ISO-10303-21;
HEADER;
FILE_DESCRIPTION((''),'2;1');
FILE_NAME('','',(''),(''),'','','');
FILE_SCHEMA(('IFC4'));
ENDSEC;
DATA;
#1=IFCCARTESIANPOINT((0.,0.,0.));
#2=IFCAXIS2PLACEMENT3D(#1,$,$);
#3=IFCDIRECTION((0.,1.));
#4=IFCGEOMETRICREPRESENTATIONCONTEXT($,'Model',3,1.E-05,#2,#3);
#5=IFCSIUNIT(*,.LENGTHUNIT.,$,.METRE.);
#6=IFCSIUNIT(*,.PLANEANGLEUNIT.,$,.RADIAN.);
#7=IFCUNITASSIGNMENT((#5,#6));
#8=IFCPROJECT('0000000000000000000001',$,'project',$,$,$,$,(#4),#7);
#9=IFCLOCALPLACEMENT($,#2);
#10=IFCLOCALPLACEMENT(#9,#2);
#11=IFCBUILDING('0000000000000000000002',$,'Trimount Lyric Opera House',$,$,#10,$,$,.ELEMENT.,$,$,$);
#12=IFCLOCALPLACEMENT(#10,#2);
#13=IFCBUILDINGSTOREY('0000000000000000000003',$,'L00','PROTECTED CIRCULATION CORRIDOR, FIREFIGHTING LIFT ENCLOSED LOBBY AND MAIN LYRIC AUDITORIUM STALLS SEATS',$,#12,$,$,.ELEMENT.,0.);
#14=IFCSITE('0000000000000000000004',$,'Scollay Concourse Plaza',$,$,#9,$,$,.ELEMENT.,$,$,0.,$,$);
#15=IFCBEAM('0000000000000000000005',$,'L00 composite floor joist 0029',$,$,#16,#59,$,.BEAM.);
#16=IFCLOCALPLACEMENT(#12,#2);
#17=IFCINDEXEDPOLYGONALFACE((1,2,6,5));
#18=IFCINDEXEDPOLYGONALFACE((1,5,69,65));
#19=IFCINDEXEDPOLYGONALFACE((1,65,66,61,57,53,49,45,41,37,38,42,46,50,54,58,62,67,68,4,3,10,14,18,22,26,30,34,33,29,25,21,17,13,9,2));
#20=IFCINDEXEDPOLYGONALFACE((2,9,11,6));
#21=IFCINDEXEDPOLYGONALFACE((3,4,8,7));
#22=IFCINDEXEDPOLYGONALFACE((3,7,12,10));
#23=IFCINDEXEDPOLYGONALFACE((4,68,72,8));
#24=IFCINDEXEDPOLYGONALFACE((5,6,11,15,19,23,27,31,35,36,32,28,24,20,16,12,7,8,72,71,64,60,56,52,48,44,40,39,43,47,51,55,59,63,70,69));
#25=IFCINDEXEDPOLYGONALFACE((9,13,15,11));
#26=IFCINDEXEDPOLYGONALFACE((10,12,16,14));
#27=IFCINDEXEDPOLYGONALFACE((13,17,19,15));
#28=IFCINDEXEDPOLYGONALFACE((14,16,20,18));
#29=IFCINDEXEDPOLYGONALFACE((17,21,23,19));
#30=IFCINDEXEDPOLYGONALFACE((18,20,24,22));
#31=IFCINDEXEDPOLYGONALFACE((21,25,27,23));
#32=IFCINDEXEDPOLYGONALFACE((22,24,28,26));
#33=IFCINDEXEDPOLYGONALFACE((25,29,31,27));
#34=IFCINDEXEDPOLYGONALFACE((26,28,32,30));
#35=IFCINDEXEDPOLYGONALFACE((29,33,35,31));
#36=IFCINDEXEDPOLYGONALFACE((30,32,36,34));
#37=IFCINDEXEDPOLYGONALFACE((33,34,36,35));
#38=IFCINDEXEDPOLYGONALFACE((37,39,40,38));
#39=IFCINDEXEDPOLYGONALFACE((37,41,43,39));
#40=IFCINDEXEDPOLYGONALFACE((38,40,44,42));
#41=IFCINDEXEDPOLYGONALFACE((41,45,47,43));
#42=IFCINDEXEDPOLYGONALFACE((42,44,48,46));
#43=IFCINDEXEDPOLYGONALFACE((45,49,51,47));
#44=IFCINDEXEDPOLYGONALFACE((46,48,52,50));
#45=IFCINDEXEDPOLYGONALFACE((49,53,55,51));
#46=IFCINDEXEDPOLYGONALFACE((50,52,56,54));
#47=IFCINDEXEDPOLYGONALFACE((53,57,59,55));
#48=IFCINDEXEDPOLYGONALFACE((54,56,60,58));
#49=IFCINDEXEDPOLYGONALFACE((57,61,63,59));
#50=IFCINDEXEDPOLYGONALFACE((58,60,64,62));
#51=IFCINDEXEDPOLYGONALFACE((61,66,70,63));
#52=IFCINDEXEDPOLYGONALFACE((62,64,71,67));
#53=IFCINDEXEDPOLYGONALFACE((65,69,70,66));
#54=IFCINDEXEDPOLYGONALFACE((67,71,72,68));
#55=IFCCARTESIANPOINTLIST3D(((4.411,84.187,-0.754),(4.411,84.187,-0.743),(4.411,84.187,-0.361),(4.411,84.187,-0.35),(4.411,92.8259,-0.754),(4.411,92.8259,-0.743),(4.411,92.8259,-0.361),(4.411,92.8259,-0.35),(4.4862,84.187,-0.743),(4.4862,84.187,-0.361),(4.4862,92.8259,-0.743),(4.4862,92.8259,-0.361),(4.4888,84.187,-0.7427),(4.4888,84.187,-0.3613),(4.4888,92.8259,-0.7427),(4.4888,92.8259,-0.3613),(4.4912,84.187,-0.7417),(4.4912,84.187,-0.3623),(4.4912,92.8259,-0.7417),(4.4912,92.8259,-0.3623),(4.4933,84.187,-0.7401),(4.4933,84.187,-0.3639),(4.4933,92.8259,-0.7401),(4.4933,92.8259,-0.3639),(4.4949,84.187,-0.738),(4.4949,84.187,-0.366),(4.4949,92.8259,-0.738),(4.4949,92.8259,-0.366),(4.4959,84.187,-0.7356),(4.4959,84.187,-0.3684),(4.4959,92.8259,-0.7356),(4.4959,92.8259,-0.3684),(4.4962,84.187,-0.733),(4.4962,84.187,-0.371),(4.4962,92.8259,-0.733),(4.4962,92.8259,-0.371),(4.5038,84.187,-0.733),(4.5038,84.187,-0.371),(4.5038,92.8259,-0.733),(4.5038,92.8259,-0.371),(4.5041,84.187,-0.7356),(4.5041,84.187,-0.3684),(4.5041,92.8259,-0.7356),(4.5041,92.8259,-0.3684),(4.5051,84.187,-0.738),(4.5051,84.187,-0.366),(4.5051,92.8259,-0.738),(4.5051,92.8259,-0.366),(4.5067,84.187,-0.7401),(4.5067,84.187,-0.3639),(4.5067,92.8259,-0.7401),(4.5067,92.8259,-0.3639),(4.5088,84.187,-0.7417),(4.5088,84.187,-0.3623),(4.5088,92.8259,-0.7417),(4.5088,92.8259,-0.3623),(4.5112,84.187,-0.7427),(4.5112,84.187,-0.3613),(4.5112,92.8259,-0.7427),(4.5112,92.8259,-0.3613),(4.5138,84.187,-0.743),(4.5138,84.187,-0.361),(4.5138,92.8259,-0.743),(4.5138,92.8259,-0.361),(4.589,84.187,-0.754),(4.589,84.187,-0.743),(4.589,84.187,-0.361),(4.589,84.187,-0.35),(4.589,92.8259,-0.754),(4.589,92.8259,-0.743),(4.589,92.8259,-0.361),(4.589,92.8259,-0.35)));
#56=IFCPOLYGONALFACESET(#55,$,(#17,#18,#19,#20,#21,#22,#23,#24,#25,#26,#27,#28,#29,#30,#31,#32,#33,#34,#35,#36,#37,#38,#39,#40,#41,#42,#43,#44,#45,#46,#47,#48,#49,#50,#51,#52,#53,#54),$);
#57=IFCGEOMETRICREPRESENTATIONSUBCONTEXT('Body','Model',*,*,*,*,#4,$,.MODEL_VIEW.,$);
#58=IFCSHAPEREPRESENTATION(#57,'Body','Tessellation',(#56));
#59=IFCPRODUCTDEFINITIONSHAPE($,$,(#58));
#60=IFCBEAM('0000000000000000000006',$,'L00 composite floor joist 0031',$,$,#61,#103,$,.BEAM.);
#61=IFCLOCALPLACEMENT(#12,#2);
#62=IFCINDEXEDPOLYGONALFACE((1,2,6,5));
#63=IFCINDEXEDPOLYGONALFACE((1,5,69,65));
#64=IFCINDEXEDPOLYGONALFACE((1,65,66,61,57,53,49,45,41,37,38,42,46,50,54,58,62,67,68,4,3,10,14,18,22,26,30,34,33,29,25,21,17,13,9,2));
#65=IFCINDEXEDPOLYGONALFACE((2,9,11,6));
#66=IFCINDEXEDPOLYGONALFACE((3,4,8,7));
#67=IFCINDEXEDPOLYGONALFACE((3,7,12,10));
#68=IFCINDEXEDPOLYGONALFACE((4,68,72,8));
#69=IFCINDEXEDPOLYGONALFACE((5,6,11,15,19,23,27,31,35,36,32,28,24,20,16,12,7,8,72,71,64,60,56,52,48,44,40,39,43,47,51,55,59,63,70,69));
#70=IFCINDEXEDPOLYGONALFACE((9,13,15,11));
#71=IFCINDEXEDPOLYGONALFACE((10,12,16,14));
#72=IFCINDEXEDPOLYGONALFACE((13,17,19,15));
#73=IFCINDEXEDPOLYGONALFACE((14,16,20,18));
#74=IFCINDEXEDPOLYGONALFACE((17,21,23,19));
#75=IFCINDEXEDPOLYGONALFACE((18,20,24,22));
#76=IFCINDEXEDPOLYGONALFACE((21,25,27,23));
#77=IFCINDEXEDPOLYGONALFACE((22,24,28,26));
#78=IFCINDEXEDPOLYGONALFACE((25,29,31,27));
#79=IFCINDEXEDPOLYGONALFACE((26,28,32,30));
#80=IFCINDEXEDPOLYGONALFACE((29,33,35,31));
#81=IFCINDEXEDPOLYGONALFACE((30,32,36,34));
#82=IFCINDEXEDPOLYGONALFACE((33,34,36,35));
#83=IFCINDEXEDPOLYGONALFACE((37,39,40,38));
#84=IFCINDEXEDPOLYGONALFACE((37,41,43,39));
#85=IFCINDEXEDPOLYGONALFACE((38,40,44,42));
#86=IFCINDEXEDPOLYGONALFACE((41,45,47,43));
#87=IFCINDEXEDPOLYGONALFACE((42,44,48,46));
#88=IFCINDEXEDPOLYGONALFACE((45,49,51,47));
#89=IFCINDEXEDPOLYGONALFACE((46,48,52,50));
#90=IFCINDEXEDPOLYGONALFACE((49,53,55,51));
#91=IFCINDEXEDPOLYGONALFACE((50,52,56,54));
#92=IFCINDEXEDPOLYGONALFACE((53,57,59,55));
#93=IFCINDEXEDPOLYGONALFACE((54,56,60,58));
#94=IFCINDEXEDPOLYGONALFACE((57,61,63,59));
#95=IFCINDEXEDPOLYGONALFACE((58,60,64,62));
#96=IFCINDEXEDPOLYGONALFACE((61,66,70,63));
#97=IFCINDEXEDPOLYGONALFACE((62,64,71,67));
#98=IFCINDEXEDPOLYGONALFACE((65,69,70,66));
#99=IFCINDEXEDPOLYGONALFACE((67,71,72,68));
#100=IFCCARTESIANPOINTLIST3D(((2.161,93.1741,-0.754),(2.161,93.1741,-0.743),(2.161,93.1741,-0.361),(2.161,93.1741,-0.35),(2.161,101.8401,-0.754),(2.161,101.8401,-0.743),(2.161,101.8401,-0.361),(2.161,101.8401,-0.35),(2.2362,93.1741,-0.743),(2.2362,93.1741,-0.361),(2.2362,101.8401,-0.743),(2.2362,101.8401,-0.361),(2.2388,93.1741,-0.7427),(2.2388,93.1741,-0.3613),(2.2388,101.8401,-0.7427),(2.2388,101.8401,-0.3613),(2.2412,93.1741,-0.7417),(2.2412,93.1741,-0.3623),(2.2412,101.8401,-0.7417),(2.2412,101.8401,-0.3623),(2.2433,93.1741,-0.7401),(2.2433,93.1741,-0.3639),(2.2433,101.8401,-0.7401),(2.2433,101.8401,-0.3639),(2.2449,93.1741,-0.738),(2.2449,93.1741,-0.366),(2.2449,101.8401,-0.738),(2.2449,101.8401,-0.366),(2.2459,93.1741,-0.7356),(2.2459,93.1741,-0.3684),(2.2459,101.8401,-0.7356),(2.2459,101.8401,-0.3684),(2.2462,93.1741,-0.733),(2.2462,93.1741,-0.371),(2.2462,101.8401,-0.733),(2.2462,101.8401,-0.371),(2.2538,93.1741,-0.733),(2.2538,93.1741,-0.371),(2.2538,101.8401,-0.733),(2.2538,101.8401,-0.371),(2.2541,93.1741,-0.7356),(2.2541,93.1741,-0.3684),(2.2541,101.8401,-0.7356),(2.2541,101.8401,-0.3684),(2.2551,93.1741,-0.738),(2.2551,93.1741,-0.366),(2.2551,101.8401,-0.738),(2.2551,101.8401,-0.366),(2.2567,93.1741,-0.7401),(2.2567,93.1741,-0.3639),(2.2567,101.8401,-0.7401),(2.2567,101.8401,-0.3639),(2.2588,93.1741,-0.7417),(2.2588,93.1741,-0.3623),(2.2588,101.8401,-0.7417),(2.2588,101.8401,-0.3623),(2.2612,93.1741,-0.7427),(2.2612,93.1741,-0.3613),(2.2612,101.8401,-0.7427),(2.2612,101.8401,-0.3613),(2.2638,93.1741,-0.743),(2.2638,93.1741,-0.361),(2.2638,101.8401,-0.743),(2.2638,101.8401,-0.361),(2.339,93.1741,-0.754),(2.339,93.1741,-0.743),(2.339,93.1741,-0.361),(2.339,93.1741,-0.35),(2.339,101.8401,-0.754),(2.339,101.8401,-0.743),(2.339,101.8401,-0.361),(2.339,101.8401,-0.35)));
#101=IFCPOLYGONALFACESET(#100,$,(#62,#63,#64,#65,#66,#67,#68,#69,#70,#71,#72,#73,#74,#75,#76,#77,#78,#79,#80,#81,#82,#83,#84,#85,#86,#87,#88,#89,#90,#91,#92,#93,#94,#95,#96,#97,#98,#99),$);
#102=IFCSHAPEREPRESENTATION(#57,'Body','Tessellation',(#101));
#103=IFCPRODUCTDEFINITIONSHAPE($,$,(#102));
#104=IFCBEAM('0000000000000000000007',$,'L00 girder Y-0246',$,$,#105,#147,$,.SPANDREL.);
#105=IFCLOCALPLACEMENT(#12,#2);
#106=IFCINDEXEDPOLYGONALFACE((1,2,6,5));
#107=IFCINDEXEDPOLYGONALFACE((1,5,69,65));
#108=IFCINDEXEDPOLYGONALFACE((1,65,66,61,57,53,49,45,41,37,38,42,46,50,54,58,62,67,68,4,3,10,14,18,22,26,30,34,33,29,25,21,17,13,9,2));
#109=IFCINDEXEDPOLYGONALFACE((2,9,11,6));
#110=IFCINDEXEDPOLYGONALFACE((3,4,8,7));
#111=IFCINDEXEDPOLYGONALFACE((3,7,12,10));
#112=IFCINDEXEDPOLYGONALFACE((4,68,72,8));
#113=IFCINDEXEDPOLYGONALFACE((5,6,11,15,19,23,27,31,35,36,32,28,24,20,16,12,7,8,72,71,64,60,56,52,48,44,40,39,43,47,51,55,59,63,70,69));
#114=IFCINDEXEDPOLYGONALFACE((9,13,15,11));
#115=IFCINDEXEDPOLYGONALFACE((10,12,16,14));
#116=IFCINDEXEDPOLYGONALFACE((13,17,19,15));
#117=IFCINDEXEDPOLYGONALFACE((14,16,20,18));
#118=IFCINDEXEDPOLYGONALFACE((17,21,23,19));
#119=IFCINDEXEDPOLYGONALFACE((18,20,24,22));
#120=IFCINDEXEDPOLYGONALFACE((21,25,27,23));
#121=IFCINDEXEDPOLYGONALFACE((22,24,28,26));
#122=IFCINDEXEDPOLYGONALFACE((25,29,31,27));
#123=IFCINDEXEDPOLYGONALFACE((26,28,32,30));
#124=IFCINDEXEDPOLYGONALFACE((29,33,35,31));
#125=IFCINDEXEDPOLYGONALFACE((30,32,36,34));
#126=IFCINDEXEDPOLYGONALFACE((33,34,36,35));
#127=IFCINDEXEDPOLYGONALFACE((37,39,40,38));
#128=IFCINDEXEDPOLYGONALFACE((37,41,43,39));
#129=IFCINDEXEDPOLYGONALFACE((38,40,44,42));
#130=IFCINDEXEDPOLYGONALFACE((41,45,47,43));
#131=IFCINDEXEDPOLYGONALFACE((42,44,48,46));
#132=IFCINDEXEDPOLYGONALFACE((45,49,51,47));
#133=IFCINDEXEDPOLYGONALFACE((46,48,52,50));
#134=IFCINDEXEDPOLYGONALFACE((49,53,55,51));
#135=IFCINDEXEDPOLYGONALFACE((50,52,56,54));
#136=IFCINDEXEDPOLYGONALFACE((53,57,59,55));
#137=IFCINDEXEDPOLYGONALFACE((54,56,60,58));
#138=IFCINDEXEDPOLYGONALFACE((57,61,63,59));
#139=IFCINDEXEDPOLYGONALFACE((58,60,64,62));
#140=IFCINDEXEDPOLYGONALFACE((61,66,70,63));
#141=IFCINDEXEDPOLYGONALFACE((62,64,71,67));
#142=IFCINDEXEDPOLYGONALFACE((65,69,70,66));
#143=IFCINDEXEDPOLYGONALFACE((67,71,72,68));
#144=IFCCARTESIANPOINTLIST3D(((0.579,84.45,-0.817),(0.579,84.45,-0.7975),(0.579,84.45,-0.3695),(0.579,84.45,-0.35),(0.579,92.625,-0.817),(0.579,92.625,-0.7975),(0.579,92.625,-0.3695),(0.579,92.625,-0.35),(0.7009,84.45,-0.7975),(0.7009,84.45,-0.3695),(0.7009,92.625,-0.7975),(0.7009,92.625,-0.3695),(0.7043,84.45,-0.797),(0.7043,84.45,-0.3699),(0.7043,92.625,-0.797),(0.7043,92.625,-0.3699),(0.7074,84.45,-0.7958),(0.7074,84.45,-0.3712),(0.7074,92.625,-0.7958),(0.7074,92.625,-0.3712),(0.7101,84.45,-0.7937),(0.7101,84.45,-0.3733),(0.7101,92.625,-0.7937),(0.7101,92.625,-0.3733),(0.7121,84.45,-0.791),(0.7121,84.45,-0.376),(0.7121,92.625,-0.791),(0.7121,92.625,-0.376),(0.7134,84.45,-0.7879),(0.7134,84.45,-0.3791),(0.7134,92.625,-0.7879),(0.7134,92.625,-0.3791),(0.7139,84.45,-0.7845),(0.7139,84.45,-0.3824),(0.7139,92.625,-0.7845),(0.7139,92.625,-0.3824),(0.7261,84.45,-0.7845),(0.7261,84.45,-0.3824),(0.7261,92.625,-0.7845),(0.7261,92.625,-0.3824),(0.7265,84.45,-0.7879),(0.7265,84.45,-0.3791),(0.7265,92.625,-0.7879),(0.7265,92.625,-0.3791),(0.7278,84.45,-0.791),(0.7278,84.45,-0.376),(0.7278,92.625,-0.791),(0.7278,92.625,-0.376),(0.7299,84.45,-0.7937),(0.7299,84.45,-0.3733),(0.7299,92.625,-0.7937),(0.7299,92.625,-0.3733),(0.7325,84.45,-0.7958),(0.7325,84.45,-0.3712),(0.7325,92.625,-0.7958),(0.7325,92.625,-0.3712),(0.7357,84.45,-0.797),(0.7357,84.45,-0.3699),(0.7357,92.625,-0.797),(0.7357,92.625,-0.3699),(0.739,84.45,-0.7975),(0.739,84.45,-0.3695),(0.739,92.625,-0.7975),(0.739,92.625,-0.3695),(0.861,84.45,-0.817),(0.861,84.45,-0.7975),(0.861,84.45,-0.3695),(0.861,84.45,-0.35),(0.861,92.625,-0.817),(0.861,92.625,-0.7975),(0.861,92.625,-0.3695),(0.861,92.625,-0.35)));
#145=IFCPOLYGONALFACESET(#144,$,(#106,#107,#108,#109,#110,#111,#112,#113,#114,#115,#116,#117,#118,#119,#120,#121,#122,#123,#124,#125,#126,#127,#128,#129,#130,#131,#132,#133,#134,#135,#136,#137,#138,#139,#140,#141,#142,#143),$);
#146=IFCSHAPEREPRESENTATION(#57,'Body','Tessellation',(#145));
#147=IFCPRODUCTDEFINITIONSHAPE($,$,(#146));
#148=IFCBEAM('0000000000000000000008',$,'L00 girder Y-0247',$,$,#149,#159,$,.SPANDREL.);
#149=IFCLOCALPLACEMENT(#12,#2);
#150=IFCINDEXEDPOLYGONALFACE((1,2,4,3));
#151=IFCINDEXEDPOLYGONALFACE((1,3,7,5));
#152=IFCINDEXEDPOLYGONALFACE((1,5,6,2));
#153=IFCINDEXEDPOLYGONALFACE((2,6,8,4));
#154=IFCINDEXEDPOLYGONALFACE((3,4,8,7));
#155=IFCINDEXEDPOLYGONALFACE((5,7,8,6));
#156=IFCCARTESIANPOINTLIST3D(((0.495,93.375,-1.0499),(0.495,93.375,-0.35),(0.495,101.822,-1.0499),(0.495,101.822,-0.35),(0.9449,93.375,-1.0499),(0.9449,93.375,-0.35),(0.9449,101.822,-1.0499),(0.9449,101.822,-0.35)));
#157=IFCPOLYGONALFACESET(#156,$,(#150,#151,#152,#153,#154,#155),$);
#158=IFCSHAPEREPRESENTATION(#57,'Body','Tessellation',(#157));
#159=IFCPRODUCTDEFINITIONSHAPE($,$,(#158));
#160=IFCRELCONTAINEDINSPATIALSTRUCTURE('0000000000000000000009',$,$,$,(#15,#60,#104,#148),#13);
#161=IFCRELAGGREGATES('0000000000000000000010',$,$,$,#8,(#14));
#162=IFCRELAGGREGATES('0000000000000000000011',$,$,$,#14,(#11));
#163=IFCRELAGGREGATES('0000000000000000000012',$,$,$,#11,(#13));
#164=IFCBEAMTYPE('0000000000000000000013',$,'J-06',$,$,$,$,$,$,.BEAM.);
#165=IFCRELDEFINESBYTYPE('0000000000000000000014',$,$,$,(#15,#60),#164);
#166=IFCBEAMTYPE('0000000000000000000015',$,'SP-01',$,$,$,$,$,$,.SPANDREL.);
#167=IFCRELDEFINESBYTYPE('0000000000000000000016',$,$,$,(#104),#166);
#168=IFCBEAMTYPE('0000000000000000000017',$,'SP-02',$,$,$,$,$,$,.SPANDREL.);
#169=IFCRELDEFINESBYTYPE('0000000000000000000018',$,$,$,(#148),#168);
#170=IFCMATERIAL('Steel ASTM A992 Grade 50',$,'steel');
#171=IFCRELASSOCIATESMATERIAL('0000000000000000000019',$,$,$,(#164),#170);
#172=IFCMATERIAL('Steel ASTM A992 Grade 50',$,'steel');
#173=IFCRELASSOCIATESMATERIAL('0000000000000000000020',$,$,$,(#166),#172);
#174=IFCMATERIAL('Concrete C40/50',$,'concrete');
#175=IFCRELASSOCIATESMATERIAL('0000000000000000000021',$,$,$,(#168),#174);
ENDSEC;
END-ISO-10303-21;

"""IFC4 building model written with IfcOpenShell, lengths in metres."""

from ifc_helpers import new_model, si_unit, direction, frame, origin, origin_2d, place, context, subcontext, project, spatial, rectangle, i_section, extrude, material, material_profile, profile_set, type_object, element, save


model = new_model("IFC4")

# Units and contexts
model_context = context("Model", 3, precision=1e-05, world=origin(), true_north=direction((0.0, 1.0)))
body_context = subcontext(model_context, "Body", "Model", "MODEL_VIEW")
ifc_project = project(units=[si_unit("LENGTHUNIT", "METRE"), si_unit("PLANEANGLEUNIT", "RADIAN")], contexts=[model_context])

# Site, building, storey
site_placement = place(None, origin())
site = spatial("IfcSite", under=ifc_project, at=site_placement, Name="Scollay Concourse Plaza", CompositionType="ELEMENT", RefElevation=0.0)
building_placement = place(site_placement, origin())
building = spatial("IfcBuilding", under=site, at=building_placement, Name="Trimount Lyric Opera House", CompositionType="ELEMENT")
storey_placement = place(building_placement, origin())
storey = spatial("IfcBuildingStorey", under=building, at=storey_placement, Name="L00", Description="PROTECTED CIRCULATION CORRIDOR, FIREFIGHTING LIFT ENCLOSED LOBBY AND MAIN LYRIC AUDITORIUM STALLS SEATS", CompositionType="ELEMENT", Elevation=0.0)

# Beams
ifc_material_1 = material(Name="Steel ASTM A992 Grade 50", Category="steel")
ifc_material_profile_1 = material_profile(ifc_material_1, i_section(OverallWidth=0.178, OverallDepth=0.4041, WebThickness=0.0076, FlangeThickness=0.011, FilletRadius=0.01, at=origin_2d()), Name="W16X36")
ifc_profile_set_1 = profile_set([ifc_material_profile_1], Name="Steel ASTM A992 Grade 50")
beam_type_1 = type_object("IfcBeamType", Name="J-06", PredefinedType="BEAM", material=ifc_profile_set_1)
beam_1_placement = place(storey_placement, frame((4.5, 84.187, -0.552), z_axis=(0.0, 1.0, 0.0), x_axis=(-1.0, 0.0, 0.0)))
element("IfcBeam", 1, at=beam_1_placement, inside=storey, type_object=beam_type_1, Name="L00 composite floor joist 0029", PredefinedType="BEAM", context=body_context, shape_type="SweptSolid", body=[
    extrude(i_section(OverallWidth=0.178, OverallDepth=0.4041, WebThickness=0.0076, FlangeThickness=0.011, FilletRadius=0.01, at=origin_2d()), origin(), (0.0, 0.0, 1.0), 8.6389),
])
beam_2_placement = place(storey_placement, frame((2.25, 93.1741, -0.552), z_axis=(0.0, 1.0, 0.0), x_axis=(-1.0, 0.0, 0.0)))
element("IfcBeam", 2, at=beam_2_placement, inside=storey, type_object=beam_type_1, Name="L00 composite floor joist 0031", PredefinedType="BEAM", context=body_context, shape_type="SweptSolid", body=[
    extrude(i_section(OverallWidth=0.178, OverallDepth=0.4041, WebThickness=0.0076, FlangeThickness=0.011, FilletRadius=0.01, at=origin_2d()), origin(), (0.0, 0.0, 1.0), 8.666),
])
ifc_material_2 = material(Name="Steel ASTM A992 Grade 50", Category="steel")
ifc_material_profile_2 = material_profile(ifc_material_2, i_section(OverallWidth=0.282, OverallDepth=0.467, WebThickness=0.0122, FlangeThickness=0.0195, FilletRadius=0.0129, at=origin_2d()), Name="W18X86")
ifc_profile_set_2 = profile_set([ifc_material_profile_2], Name="Steel ASTM A992 Grade 50")
beam_type_2 = type_object("IfcBeamType", Name="SP-01", PredefinedType="SPANDREL", material=ifc_profile_set_2)
beam_3_placement = place(storey_placement, frame((0.72, 84.45, -0.5835), z_axis=(0.0, 1.0, 0.0), x_axis=(-1.0, 0.0, 0.0)))
element("IfcBeam", 3, at=beam_3_placement, inside=storey, type_object=beam_type_2, Name="L00 girder Y-0246", PredefinedType="SPANDREL", context=body_context, shape_type="SweptSolid", body=[
    extrude(i_section(OverallWidth=0.282, OverallDepth=0.467, WebThickness=0.0122, FlangeThickness=0.0195, FilletRadius=0.0129, at=origin_2d()), origin(), (0.0, 0.0, 1.0), 8.175),
])
ifc_material_3 = material(Name="Concrete C40/50", Category="concrete")
ifc_material_profile_3 = material_profile(ifc_material_3, rectangle(XDim=0.45, YDim=0.7, at=origin_2d()), Name="RC450X700")
ifc_profile_set_3 = profile_set([ifc_material_profile_3], Name="Concrete C40/50")
beam_type_3 = type_object("IfcBeamType", Name="SP-02", PredefinedType="SPANDREL", material=ifc_profile_set_3)
beam_4_placement = place(storey_placement, frame((0.72, 93.375, -0.7), z_axis=(0.0, 1.0, 0.0), x_axis=(-1.0, 0.0, 0.0)))
element("IfcBeam", 4, at=beam_4_placement, inside=storey, type_object=beam_type_3, Name="L00 girder Y-0247", PredefinedType="SPANDREL", context=body_context, shape_type="SweptSolid", body=[
    extrude(rectangle(XDim=0.45, YDim=0.7, at=origin_2d()), origin(), (0.0, 0.0, 1.0), 8.447),
])

save(model, "model.ifc")
